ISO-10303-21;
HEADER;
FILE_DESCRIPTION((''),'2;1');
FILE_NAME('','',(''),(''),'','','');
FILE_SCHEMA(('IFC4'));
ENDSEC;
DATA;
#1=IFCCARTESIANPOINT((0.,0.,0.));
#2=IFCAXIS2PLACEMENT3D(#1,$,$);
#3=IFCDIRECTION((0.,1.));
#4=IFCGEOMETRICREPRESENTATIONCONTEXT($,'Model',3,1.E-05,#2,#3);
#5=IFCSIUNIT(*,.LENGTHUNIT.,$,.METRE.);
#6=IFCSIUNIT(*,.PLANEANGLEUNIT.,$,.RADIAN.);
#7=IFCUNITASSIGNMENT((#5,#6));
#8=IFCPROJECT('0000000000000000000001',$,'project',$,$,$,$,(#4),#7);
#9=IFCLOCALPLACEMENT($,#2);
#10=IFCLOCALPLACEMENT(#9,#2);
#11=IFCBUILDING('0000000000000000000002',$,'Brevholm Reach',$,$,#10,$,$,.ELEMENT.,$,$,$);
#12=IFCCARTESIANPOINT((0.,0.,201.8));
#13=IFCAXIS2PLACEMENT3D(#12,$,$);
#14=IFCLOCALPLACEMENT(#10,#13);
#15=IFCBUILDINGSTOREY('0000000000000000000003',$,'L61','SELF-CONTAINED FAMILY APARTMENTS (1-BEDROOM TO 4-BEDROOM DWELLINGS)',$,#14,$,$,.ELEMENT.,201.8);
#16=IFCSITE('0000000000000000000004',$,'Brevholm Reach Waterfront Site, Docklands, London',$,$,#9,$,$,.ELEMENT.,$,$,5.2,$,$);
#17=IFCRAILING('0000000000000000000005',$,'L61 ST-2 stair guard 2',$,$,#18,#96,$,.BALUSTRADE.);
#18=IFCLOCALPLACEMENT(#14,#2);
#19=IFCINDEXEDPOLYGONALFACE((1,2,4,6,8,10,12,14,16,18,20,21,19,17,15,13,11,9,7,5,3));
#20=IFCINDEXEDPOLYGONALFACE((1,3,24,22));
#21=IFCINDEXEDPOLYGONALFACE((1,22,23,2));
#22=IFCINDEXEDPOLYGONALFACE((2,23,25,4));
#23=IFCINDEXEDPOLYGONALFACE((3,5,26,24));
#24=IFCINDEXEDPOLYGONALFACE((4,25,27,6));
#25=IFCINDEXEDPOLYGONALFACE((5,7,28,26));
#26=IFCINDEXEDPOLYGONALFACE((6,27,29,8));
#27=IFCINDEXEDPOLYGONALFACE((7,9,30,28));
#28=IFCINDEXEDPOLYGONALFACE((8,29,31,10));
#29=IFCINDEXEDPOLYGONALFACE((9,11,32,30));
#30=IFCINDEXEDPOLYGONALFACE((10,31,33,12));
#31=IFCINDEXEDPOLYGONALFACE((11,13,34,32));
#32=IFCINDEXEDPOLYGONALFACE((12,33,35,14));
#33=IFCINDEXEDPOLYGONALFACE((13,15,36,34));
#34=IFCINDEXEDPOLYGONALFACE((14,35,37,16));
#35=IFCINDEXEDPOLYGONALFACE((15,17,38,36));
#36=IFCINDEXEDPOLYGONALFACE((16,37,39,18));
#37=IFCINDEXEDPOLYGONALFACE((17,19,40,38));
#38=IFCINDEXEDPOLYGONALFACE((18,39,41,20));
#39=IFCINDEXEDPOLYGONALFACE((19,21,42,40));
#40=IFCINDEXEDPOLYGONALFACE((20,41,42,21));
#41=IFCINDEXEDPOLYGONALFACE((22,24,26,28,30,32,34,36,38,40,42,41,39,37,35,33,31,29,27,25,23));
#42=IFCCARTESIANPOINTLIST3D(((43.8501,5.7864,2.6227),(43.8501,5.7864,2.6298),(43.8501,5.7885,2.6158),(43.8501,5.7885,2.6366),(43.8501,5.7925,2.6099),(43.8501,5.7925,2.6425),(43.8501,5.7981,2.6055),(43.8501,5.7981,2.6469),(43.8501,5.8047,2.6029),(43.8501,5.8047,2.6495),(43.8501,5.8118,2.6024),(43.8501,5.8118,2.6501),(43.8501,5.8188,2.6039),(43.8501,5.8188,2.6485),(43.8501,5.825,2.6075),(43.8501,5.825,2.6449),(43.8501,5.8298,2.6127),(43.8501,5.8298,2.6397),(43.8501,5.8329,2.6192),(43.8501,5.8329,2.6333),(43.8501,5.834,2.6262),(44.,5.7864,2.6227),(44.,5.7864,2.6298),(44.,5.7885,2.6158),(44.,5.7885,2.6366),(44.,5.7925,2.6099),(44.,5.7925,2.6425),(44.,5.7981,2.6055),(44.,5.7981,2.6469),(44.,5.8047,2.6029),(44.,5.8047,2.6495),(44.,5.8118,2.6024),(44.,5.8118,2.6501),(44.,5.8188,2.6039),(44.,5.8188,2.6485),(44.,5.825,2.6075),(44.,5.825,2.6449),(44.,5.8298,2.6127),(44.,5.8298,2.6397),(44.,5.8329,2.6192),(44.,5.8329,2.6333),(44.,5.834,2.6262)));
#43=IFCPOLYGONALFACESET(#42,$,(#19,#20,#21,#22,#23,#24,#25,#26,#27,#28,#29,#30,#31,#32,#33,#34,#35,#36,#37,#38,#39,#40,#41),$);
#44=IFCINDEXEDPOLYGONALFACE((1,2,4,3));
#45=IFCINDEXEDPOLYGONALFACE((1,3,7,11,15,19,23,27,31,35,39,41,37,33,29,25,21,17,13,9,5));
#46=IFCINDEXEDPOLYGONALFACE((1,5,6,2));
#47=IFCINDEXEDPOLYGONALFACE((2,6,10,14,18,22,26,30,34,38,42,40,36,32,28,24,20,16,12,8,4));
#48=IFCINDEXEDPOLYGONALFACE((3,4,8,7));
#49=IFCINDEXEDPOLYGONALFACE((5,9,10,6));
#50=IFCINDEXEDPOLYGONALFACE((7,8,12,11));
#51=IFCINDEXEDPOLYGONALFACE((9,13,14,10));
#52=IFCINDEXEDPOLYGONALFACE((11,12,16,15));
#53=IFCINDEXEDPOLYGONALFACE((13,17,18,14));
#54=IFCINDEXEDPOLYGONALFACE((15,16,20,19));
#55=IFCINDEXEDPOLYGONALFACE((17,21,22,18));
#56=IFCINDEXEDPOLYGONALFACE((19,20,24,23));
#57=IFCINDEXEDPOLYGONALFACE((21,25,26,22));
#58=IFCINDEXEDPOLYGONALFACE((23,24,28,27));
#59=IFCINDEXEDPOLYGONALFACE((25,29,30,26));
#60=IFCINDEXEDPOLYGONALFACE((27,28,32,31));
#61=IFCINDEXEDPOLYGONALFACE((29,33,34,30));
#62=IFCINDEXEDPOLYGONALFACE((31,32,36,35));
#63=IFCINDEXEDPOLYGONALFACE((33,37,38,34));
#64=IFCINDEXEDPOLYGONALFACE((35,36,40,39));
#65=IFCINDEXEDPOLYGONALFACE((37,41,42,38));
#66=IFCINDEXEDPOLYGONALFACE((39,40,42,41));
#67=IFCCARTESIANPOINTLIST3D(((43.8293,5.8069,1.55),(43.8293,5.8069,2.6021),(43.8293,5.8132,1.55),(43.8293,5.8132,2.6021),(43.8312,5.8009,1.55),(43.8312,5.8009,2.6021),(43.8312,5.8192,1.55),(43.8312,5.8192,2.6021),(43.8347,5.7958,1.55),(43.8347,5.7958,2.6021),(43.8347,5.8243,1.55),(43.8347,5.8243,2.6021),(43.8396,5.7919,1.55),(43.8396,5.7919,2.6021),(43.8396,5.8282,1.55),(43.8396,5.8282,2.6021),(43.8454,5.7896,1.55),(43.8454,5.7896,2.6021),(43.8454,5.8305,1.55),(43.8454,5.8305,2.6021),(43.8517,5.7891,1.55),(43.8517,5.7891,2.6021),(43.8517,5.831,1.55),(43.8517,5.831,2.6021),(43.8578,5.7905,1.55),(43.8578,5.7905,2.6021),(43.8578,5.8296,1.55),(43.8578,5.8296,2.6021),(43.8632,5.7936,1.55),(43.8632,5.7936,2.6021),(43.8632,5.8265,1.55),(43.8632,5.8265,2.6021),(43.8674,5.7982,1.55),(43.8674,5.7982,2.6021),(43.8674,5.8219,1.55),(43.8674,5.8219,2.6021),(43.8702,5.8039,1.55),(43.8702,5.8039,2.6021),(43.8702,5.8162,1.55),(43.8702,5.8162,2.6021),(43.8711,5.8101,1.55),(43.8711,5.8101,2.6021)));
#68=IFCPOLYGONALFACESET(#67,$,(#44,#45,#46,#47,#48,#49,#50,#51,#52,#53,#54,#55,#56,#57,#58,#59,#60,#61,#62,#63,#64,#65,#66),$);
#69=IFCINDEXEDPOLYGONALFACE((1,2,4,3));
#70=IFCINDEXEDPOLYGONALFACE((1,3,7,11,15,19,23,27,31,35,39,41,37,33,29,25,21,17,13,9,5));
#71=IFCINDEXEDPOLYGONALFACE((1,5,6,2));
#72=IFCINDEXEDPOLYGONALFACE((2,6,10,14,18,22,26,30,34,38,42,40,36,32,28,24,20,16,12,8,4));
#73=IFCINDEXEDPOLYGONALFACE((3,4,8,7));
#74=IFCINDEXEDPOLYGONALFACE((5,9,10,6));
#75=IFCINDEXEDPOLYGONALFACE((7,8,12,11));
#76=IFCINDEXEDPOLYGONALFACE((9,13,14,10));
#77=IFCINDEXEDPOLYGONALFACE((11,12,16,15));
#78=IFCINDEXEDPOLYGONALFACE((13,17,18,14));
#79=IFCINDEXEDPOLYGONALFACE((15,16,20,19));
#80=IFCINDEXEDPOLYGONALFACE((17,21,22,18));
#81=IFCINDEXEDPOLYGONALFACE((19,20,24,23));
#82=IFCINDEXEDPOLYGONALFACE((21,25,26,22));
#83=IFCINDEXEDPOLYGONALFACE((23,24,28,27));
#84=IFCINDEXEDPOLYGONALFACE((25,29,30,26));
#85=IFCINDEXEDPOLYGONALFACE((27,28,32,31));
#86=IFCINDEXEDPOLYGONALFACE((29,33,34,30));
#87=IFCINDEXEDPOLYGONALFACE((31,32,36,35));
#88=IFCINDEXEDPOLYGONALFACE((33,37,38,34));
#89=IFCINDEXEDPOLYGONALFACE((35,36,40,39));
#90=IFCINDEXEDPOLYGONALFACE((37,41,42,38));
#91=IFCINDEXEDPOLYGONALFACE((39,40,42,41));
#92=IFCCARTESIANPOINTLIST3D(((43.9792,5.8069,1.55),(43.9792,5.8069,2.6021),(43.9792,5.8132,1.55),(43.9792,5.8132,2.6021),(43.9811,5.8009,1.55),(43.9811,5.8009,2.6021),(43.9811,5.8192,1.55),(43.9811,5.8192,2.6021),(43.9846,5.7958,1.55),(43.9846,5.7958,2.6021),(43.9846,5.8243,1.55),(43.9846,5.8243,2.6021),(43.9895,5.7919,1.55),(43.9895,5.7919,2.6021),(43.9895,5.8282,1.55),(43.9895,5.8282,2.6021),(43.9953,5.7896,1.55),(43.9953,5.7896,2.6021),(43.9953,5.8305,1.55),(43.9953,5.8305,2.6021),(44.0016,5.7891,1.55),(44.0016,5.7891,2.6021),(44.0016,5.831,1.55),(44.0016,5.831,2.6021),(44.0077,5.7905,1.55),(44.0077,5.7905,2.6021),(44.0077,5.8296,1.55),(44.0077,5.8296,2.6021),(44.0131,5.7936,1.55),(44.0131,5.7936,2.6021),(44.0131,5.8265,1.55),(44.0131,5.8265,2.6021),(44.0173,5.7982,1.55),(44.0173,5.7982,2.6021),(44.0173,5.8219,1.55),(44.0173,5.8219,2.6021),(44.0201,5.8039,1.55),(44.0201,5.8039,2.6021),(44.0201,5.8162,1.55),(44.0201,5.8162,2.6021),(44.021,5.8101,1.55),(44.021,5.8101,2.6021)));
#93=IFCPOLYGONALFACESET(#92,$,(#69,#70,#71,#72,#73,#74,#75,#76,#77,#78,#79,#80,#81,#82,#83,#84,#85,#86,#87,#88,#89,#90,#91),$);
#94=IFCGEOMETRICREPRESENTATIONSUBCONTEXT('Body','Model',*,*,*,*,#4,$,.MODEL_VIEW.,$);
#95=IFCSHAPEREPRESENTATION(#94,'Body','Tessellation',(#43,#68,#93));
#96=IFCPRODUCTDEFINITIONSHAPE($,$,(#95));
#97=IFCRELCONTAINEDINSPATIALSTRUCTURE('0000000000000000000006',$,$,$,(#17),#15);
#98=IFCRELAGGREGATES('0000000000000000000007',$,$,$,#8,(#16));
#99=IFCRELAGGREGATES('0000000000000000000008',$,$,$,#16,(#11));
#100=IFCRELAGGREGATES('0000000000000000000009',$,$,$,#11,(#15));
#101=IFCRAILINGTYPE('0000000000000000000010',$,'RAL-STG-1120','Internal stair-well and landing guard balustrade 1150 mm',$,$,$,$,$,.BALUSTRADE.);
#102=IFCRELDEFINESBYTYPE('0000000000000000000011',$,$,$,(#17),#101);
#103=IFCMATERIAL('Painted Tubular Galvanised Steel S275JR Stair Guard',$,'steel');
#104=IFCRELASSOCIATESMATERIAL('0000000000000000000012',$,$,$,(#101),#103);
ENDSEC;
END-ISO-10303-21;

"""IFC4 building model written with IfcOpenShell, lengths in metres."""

from ifc_helpers import new_model, si_unit, direction, frame, origin, origin_2d, place, context, subcontext, project, spatial, circle, extrude, material, type_object, element, save


model = new_model("IFC4")

# Units and contexts
model_context = context("Model", 3, precision=1e-05, world=origin(), true_north=direction((0.0, 1.0)))
body_context = subcontext(model_context, "Body", "Model", "MODEL_VIEW")
ifc_project = project(units=[si_unit("LENGTHUNIT", "METRE"), si_unit("PLANEANGLEUNIT", "RADIAN")], contexts=[model_context])

# Site, building, storey
site_placement = place(None, origin())
site = spatial("IfcSite", under=ifc_project, at=site_placement, Name="Brevholm Reach Waterfront Site, Docklands, London", CompositionType="ELEMENT", RefElevation=5.2)
building_placement = place(site_placement, origin())
building = spatial("IfcBuilding", under=site, at=building_placement, Name="Brevholm Reach", CompositionType="ELEMENT")
storey_placement = place(building_placement, frame((0.0, 0.0, 201.8)))
storey = spatial("IfcBuildingStorey", under=building, at=storey_placement, Name="L61", Description="SELF-CONTAINED FAMILY APARTMENTS (1-BEDROOM TO 4-BEDROOM DWELLINGS)", CompositionType="ELEMENT", Elevation=201.8)

# Railing
ifc_material_1 = material(Name="Painted Tubular Galvanised Steel S275JR Stair Guard", Category="steel")
railing_type_1 = type_object("IfcRailingType", Name="RAL-STG-1120", Description="Internal stair-well and landing guard balustrade 1150 mm", PredefinedType="BALUSTRADE", material=ifc_material_1)
railing_1_placement = place(storey_placement, frame((43.8501, 5.8101, 1.55)))
element("IfcRailing", 1, at=railing_1_placement, inside=storey, type_object=railing_type_1, Name="L61 ST-2 stair guard 2", PredefinedType="BALUSTRADE", context=body_context, shape_type="SweptSolid", body=[
    extrude(circle(Radius=0.0239, at=origin_2d()), frame((0.0, 0.0, 1.0762), z_axis=(1.0, 0.0, 0.0), x_axis=(0.0, 1.0, 0.0)), (0.0, 0.0, 1.0), 0.1499),
    extrude(circle(Radius=0.021, at=origin_2d()), origin(), (0.0, 0.0, 1.0), 1.052),
    extrude(circle(Radius=0.021, at=origin_2d()), frame((0.1499, 0.0, 0.0)), (0.0, 0.0, 1.0), 1.052),
])

save(model, "model.ifc")
